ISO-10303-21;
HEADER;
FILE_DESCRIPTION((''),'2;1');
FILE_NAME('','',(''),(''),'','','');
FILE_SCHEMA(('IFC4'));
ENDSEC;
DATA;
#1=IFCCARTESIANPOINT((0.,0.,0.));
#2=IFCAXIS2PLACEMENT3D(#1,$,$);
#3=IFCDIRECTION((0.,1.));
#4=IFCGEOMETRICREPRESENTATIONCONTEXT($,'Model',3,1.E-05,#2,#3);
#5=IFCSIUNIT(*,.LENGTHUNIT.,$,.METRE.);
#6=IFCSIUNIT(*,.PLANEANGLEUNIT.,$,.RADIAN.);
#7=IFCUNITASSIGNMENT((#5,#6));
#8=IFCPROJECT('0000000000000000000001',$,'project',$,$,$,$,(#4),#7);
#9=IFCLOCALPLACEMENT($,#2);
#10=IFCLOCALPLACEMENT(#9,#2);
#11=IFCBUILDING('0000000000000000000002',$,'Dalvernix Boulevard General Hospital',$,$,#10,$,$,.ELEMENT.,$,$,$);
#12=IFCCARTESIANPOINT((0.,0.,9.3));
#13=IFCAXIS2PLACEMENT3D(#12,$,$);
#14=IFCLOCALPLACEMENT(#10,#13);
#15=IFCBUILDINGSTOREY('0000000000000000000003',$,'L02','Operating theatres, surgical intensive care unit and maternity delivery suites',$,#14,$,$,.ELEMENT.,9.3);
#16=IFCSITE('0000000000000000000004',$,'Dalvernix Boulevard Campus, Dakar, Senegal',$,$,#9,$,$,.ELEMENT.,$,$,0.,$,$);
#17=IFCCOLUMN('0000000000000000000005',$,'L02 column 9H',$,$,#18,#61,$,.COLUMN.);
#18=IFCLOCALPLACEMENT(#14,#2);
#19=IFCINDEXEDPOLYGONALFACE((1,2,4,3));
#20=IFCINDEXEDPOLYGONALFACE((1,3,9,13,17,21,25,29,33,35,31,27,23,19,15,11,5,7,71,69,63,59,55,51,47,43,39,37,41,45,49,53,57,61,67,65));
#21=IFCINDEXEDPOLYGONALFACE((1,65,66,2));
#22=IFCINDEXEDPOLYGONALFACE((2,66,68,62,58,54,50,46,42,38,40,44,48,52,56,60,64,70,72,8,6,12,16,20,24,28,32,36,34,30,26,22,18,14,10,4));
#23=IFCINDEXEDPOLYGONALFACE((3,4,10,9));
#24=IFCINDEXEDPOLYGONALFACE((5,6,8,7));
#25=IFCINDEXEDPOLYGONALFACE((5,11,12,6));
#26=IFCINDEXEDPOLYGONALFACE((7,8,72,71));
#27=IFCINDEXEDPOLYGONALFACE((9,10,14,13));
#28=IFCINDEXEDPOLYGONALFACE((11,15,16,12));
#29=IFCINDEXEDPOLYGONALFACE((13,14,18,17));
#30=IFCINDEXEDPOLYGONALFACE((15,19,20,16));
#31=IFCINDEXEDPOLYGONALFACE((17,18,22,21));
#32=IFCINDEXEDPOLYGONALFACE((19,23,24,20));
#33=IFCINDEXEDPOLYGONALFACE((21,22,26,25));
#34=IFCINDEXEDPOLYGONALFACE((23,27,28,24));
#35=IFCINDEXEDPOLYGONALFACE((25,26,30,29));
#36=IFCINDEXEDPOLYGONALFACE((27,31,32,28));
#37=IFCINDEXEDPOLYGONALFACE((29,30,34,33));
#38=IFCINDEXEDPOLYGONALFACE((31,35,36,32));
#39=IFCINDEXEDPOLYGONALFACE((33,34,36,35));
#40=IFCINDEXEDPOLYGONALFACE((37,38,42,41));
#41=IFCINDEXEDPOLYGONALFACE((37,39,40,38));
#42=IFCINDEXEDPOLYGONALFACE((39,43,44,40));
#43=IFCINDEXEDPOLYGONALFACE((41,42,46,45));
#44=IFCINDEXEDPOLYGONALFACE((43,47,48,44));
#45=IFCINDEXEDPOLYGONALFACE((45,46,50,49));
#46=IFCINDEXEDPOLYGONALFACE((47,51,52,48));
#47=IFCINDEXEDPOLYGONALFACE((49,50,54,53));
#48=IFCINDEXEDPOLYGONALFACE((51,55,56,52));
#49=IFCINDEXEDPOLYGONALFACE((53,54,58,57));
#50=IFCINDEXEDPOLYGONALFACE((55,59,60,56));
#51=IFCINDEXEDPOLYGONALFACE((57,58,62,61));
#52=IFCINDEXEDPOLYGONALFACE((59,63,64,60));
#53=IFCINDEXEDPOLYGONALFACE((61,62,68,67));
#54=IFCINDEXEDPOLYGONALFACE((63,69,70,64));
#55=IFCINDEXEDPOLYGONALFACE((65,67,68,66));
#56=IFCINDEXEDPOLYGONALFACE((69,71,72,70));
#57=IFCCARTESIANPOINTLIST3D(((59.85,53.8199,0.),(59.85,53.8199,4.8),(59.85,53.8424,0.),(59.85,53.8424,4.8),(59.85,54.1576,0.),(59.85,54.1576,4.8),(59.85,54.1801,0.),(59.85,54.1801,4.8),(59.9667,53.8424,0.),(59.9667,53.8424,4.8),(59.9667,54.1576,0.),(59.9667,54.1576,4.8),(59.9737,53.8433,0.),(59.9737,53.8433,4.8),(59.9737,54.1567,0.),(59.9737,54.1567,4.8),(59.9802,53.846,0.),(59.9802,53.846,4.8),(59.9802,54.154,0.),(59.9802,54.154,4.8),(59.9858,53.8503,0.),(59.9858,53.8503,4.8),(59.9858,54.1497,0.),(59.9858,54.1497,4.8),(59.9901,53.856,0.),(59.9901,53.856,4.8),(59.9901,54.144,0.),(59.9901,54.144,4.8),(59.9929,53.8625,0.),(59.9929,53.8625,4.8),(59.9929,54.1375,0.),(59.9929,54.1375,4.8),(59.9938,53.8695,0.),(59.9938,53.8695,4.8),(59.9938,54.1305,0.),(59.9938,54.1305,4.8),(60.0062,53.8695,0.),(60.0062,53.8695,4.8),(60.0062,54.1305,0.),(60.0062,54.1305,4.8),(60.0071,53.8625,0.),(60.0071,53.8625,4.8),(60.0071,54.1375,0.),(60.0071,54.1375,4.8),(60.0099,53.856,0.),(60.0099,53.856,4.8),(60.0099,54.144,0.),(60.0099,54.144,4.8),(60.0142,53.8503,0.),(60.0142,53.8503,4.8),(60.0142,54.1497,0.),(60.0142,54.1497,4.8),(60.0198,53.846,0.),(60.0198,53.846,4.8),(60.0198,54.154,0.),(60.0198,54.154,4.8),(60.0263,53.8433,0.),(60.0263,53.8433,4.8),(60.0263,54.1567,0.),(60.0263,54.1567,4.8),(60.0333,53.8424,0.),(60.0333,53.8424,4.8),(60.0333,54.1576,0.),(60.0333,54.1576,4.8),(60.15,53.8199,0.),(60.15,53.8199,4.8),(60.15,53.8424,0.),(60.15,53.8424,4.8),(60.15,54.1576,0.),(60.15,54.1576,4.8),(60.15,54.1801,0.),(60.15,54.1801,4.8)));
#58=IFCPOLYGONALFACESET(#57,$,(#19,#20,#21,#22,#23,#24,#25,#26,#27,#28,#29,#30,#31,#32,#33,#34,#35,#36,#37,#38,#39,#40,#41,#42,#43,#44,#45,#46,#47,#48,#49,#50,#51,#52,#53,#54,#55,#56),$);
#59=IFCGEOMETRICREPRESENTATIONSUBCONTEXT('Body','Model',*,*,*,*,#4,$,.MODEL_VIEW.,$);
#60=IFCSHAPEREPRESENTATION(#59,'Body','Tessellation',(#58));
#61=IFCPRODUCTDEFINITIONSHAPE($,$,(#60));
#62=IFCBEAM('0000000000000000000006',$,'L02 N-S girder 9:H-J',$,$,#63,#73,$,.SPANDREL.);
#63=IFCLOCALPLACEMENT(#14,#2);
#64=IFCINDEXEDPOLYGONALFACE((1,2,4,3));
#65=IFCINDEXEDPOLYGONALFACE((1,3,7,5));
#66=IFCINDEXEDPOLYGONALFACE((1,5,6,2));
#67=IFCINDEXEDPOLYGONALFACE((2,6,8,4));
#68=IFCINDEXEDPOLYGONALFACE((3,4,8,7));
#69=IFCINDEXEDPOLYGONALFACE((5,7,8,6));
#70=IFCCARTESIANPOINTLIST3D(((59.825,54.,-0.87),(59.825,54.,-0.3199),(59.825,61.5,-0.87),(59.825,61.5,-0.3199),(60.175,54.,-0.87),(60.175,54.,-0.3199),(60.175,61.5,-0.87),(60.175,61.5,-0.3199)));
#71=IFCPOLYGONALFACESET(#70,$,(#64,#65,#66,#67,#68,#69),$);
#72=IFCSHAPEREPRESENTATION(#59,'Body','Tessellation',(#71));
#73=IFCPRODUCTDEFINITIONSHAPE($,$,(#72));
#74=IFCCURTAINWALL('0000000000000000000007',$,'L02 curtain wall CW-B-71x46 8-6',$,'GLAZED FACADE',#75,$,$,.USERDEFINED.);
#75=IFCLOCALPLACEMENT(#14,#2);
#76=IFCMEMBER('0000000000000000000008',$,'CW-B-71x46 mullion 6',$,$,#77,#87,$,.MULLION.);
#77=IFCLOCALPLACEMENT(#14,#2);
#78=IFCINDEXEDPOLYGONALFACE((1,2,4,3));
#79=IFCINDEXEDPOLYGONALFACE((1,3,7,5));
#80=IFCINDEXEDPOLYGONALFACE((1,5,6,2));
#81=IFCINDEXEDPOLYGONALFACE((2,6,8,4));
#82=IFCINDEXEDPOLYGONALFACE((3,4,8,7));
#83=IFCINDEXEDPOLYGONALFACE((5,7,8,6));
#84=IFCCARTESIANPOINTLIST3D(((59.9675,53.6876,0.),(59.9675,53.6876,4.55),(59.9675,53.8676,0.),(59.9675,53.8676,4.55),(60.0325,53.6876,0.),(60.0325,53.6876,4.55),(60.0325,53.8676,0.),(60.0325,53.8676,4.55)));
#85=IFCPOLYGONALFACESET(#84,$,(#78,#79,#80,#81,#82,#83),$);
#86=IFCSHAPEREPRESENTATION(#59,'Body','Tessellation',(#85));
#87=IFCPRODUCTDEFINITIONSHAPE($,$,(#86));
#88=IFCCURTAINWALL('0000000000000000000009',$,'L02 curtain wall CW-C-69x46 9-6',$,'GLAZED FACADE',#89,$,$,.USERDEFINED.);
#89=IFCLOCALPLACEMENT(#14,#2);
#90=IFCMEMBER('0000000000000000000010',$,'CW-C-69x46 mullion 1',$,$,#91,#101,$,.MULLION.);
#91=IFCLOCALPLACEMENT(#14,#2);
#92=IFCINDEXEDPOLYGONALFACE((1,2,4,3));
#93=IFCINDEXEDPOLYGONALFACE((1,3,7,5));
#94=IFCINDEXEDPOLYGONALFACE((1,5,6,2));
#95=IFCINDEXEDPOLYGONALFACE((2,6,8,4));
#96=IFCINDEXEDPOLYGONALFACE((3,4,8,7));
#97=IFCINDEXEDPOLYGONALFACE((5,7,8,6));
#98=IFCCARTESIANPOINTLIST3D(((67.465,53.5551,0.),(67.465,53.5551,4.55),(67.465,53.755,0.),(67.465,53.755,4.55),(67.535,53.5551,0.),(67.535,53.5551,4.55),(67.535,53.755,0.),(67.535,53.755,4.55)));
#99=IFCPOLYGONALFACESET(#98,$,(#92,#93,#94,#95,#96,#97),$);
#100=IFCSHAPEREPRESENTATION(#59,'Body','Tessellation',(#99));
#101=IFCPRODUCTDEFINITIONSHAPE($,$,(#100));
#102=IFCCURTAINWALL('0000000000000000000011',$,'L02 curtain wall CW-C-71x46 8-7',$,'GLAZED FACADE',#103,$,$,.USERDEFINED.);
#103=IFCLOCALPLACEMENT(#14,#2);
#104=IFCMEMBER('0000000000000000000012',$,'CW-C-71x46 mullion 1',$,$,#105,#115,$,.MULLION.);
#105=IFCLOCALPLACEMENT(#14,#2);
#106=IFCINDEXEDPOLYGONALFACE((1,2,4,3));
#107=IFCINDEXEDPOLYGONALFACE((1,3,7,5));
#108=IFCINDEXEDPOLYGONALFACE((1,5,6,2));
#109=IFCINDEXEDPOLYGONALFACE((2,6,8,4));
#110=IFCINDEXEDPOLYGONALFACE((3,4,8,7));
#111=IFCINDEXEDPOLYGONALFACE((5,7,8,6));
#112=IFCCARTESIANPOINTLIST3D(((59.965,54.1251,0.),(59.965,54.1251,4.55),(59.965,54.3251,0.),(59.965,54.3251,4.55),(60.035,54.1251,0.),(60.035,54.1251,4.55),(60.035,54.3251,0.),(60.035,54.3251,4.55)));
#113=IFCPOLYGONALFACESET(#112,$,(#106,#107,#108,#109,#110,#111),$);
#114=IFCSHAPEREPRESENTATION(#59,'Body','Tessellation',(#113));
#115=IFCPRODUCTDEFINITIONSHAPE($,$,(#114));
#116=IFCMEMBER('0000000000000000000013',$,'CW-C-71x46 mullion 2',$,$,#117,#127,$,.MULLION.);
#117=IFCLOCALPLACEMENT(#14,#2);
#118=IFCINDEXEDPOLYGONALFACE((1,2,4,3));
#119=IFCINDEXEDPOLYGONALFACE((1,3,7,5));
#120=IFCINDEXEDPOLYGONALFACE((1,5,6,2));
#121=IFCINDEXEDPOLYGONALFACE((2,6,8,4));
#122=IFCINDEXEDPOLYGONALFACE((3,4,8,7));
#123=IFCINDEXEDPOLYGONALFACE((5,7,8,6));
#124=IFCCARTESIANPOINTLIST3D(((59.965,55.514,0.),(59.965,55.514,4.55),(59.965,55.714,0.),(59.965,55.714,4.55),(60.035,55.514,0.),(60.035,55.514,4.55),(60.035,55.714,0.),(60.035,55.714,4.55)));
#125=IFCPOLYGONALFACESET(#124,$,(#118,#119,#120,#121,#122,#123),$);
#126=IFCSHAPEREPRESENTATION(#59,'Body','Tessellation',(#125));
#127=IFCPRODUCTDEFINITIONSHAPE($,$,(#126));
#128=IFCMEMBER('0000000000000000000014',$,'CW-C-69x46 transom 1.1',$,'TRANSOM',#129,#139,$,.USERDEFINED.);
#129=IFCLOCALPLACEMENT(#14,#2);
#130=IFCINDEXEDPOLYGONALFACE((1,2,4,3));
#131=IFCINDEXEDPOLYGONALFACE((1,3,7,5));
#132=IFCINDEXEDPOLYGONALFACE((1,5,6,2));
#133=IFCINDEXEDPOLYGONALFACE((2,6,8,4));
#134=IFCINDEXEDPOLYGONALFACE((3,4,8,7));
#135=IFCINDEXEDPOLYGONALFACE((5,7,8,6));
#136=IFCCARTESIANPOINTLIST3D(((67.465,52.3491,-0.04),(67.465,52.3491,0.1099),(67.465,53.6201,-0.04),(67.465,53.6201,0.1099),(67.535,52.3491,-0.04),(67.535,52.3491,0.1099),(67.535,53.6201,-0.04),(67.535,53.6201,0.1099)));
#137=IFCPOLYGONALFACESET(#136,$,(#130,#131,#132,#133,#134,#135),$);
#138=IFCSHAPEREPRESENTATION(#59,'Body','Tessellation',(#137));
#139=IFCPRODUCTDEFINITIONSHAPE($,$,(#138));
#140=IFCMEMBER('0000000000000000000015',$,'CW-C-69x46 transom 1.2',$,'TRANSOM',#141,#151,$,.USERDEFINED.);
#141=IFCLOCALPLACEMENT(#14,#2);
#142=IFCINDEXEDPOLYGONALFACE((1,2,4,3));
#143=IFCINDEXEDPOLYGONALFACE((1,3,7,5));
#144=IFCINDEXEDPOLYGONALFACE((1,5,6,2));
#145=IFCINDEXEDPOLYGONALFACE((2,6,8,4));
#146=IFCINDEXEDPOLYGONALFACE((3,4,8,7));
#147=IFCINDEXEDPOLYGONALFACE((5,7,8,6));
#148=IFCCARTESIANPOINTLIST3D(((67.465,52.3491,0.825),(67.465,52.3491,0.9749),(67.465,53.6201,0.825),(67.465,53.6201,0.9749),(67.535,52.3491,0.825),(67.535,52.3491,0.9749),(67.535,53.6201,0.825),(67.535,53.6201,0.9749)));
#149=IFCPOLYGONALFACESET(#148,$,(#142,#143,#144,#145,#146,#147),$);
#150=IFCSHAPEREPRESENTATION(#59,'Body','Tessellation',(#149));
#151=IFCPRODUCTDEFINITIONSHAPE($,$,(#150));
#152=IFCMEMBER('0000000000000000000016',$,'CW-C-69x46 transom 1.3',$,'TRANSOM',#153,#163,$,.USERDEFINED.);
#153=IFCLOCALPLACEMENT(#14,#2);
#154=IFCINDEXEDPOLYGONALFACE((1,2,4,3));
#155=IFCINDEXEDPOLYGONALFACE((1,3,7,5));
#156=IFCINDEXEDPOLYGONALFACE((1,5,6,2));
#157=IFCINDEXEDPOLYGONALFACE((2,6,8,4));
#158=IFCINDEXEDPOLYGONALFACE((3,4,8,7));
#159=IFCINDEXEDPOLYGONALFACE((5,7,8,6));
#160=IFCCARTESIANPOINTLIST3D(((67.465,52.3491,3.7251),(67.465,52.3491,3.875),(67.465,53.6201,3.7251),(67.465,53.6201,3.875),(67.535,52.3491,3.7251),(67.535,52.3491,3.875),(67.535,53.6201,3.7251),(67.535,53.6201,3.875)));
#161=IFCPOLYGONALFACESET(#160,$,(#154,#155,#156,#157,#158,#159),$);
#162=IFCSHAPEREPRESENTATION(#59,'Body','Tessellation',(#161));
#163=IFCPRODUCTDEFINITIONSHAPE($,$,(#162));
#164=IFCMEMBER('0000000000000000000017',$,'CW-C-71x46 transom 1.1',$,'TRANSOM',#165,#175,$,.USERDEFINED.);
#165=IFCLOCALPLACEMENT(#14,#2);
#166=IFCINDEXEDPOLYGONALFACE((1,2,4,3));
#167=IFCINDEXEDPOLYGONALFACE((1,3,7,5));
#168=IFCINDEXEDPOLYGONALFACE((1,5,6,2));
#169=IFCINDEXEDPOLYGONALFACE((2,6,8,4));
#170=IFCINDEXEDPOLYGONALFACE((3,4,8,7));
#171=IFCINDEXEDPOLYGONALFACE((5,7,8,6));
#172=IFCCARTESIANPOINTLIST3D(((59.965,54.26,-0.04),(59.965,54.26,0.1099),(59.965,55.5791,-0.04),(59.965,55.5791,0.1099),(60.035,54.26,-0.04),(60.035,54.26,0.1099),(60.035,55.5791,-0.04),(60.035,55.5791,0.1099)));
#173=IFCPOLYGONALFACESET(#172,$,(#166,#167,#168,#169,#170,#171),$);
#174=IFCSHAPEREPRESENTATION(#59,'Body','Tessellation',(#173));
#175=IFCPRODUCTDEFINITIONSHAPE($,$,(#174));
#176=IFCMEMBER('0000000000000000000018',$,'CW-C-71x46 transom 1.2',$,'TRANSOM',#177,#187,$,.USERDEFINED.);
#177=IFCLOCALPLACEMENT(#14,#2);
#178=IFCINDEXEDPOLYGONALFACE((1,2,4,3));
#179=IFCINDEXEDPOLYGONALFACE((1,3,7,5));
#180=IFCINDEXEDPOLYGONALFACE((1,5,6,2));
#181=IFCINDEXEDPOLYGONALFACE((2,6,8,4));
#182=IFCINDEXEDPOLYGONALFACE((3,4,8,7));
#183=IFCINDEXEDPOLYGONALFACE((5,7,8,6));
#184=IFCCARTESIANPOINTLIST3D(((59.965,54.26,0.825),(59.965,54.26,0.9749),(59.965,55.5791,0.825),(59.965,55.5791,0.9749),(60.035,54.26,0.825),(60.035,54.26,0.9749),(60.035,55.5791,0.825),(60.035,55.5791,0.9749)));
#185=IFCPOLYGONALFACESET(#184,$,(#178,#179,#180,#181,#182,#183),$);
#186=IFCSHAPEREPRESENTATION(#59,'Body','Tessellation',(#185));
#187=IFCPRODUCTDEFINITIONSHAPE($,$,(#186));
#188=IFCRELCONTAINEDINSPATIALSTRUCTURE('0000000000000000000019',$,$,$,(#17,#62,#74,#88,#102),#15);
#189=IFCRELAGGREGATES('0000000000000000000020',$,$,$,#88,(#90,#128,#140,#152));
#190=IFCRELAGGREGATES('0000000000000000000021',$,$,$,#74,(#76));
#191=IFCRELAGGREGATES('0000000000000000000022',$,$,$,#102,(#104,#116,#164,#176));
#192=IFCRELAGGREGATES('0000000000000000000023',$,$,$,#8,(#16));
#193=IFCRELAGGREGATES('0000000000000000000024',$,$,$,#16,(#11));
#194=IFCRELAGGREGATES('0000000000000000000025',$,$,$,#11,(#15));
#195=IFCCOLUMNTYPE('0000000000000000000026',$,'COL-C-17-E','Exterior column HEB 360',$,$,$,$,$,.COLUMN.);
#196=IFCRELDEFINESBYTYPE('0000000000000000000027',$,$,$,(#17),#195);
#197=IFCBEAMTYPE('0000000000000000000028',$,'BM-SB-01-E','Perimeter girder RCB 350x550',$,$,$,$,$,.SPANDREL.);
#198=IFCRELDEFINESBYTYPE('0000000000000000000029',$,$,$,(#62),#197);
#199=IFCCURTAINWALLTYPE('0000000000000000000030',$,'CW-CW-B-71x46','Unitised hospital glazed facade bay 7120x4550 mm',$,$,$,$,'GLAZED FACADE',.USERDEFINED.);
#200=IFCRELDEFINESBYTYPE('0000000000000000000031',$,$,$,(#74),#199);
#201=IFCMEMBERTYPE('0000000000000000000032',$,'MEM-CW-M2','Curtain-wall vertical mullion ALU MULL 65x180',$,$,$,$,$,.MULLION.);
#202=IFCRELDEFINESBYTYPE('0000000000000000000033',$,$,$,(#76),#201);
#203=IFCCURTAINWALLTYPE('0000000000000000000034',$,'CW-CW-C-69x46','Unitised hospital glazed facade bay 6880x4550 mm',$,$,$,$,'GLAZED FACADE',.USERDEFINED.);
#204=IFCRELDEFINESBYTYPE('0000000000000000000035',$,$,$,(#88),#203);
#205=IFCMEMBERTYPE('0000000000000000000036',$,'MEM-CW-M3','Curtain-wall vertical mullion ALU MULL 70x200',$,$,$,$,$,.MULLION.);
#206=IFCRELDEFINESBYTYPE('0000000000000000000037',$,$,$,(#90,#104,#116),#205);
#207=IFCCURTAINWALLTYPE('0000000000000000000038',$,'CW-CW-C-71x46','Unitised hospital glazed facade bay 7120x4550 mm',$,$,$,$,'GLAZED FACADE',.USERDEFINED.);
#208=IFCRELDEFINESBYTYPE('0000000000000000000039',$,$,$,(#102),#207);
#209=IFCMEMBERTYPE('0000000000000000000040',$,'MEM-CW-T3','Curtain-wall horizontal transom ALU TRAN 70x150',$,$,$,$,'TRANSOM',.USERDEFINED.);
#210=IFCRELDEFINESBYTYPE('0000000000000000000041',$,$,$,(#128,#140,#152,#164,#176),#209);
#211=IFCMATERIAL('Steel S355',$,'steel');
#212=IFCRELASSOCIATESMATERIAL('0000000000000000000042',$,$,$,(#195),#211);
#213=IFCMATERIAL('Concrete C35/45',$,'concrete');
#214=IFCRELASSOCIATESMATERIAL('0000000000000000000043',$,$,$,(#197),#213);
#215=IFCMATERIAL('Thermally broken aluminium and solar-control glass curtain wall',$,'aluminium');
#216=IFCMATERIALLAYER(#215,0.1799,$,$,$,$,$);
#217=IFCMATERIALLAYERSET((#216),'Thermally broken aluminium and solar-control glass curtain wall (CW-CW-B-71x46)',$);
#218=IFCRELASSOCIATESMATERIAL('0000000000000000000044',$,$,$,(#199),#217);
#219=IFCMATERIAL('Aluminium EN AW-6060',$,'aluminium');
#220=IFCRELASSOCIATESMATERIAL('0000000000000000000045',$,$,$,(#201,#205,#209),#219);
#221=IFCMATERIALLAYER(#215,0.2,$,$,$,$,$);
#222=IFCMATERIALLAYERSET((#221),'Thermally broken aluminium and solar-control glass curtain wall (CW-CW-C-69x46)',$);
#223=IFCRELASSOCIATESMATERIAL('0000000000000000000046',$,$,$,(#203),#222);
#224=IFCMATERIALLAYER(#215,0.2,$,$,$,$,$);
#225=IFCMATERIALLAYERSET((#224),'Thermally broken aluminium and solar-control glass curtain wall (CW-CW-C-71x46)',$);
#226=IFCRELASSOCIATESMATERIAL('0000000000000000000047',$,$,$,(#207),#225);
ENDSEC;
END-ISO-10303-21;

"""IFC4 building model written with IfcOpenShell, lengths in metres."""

from ifc_helpers import new_model, si_unit, direction, frame, origin, origin_2d, place, context, subcontext, project, spatial, rectangle, i_section, extrude, material, layer, layer_set, material_profile, profile_set, type_object, element, aggregate, save


model = new_model("IFC4")

# Units and contexts
model_context = context("Model", 3, precision=1e-05, world=origin(), true_north=direction((0.0, 1.0)))
body_context = subcontext(model_context, "Body", "Model", "MODEL_VIEW")
ifc_project = project(units=[si_unit("LENGTHUNIT", "METRE"), si_unit("PLANEANGLEUNIT", "RADIAN")], contexts=[model_context])

# Site, building, storey
site_placement = place(None, origin())
site = spatial("IfcSite", under=ifc_project, at=site_placement, Name="Dalvernix Boulevard Campus, Dakar, Senegal", CompositionType="ELEMENT", RefElevation=0.0)
building_placement = place(site_placement, origin())
building = spatial("IfcBuilding", under=site, at=building_placement, Name="Dalvernix Boulevard General Hospital", CompositionType="ELEMENT")
storey_placement = place(building_placement, frame((0.0, 0.0, 9.3)))
storey = spatial("IfcBuildingStorey", under=building, at=storey_placement, Name="L02", Description="Operating theatres, surgical intensive care unit and maternity delivery suites", CompositionType="ELEMENT", Elevation=9.3)

# Column
ifc_material_1 = material(Name="Steel S355", Category="steel")
ifc_material_profile_1 = material_profile(ifc_material_1, i_section(OverallWidth=0.3, OverallDepth=0.3601, WebThickness=0.0125, FlangeThickness=0.0225, FilletRadius=0.0271, at=origin_2d()), Name="HEB 360")
ifc_profile_set_1 = profile_set([ifc_material_profile_1], Name="Steel S355")
column_type = type_object("IfcColumnType", Name="COL-C-17-E", Description="Exterior column HEB 360", PredefinedType="COLUMN", material=ifc_profile_set_1)
column_placement = place(storey_placement, frame((60.0, 54.0, 0.0), z_axis=(0.0, 0.0, 1.0), x_axis=(1.0, 0.0, 0.0)))
element("IfcColumn", 1, at=column_placement, inside=storey, type_object=column_type, Name="L02 column 9H", PredefinedType="COLUMN", context=body_context, shape_type="SweptSolid", body=[
    extrude(i_section(OverallWidth=0.3, OverallDepth=0.3601, WebThickness=0.0125, FlangeThickness=0.0225, FilletRadius=0.0271, at=origin_2d()), origin(), (0.0, 0.0, 1.0), 4.8),
])

# Beam
ifc_material_2 = material(Name="Concrete C35/45", Category="concrete")
ifc_material_profile_2 = material_profile(ifc_material_2, rectangle(XDim=0.3501, YDim=0.55, at=origin_2d()), Name="RCB 350x550")
ifc_profile_set_2 = profile_set([ifc_material_profile_2], Name="Concrete C35/45")
beam_type = type_object("IfcBeamType", Name="BM-SB-01-E", Description="Perimeter girder RCB 350x550", PredefinedType="SPANDREL", material=ifc_profile_set_2)
beam_placement = place(storey_placement, frame((60.0, 54.0, -0.595), z_axis=(0.0, 1.0, 0.0), x_axis=(-1.0, 0.0, 0.0)))
element("IfcBeam", 2, at=beam_placement, inside=storey, type_object=beam_type, Name="L02 N-S girder 9:H-J", PredefinedType="SPANDREL", context=body_context, shape_type="SweptSolid", body=[
    extrude(rectangle(XDim=0.3501, YDim=0.55, at=origin_2d()), origin(), (0.0, 0.0, 1.0), 7.5),
])

# Curtain walls, members
ifc_material_3 = material(Name="Thermally broken aluminium and solar-control glass curtain wall", Category="aluminium")
ifc_layer_1 = layer(ifc_material_3, 0.1799)
ifc_layer_set_1 = layer_set([ifc_layer_1], Name="Thermally broken aluminium and solar-control glass curtain wall (CW-CW-B-71x46)")
curtain_wall_type_1 = type_object("IfcCurtainWallType", Name="CW-CW-B-71x46", Description="Unitised hospital glazed facade bay 7120x4550 mm", ElementType="GLAZED FACADE", PredefinedType="USERDEFINED", material=ifc_layer_set_1)
curtain_wall_1_placement = place(storey_placement, origin())
curtain_wall_1 = element("IfcCurtainWall", 3, at=curtain_wall_1_placement, inside=storey, type_object=curtain_wall_type_1, Name="L02 curtain wall CW-B-71x46 8-6", ObjectType="GLAZED FACADE", PredefinedType="USERDEFINED")
ifc_material_4 = material(Name="Aluminium EN AW-6060", Category="aluminium")
ifc_material_profile_3 = material_profile(ifc_material_4, rectangle(XDim=0.0649, YDim=0.1799, at=origin_2d()), Name="ALU MULL 65x180")
ifc_profile_set_3 = profile_set([ifc_material_profile_3], Name="Aluminium EN AW-6060")
member_type_1 = type_object("IfcMemberType", Name="MEM-CW-M2", Description="Curtain-wall vertical mullion ALU MULL 65x180", PredefinedType="MULLION", material=ifc_profile_set_3)
member_1_placement = place(storey_placement, frame((60.0, 53.7776, 0.0), z_axis=(0.0, 0.0, 1.0), x_axis=(-1.0, 0.0, 0.0)))
member_1 = element("IfcMember", 4, at=member_1_placement, type_object=member_type_1, Name="CW-B-71x46 mullion 6", PredefinedType="MULLION", context=body_context, shape_type="SweptSolid", body=[
    extrude(rectangle(XDim=0.0649, YDim=0.1799, at=origin_2d()), origin(), (0.0, 0.0, 1.0), 4.55),
])
ifc_layer_2 = layer(ifc_material_3, 0.2)
ifc_layer_set_2 = layer_set([ifc_layer_2], Name="Thermally broken aluminium and solar-control glass curtain wall (CW-CW-C-69x46)")
curtain_wall_type_2 = type_object("IfcCurtainWallType", Name="CW-CW-C-69x46", Description="Unitised hospital glazed facade bay 6880x4550 mm", ElementType="GLAZED FACADE", PredefinedType="USERDEFINED", material=ifc_layer_set_2)
curtain_wall_2_placement = place(storey_placement, origin())
curtain_wall_2 = element("IfcCurtainWall", 5, at=curtain_wall_2_placement, inside=storey, type_object=curtain_wall_type_2, Name="L02 curtain wall CW-C-69x46 9-6", ObjectType="GLAZED FACADE", PredefinedType="USERDEFINED")
ifc_material_profile_4 = material_profile(ifc_material_4, rectangle(XDim=0.0701, YDim=0.2, at=origin_2d()), Name="ALU MULL 70x200")
ifc_profile_set_4 = profile_set([ifc_material_profile_4], Name="Aluminium EN AW-6060")
member_type_2 = type_object("IfcMemberType", Name="MEM-CW-M3", Description="Curtain-wall vertical mullion ALU MULL 70x200", PredefinedType="MULLION", material=ifc_profile_set_4)
member_2_placement = place(storey_placement, frame((67.5, 53.655, 0.0), z_axis=(0.0, 0.0, 1.0), x_axis=(1.0, 0.0, 0.0)))
member_2 = element("IfcMember", 6, at=member_2_placement, type_object=member_type_2, Name="CW-C-69x46 mullion 1", PredefinedType="MULLION", context=body_context, shape_type="SweptSolid", body=[
    extrude(rectangle(XDim=0.0701, YDim=0.2, at=origin_2d()), origin(), (0.0, 0.0, 1.0), 4.55),
])

# Curtain wall, members
ifc_layer_3 = layer(ifc_material_3, 0.2)
ifc_layer_set_3 = layer_set([ifc_layer_3], Name="Thermally broken aluminium and solar-control glass curtain wall (CW-CW-C-71x46)")
curtain_wall_type_3 = type_object("IfcCurtainWallType", Name="CW-CW-C-71x46", Description="Unitised hospital glazed facade bay 7120x4550 mm", ElementType="GLAZED FACADE", PredefinedType="USERDEFINED", material=ifc_layer_set_3)
curtain_wall_3_placement = place(storey_placement, origin())
curtain_wall_3 = element("IfcCurtainWall", 7, at=curtain_wall_3_placement, inside=storey, type_object=curtain_wall_type_3, Name="L02 curtain wall CW-C-71x46 8-7", ObjectType="GLAZED FACADE", PredefinedType="USERDEFINED")
member_3_placement = place(storey_placement, frame((60.0, 54.2251, 0.0), z_axis=(0.0, 0.0, 1.0), x_axis=(-1.0, 0.0, 0.0)))
member_3 = element("IfcMember", 8, at=member_3_placement, type_object=member_type_2, Name="CW-C-71x46 mullion 1", PredefinedType="MULLION", context=body_context, shape_type="SweptSolid", body=[
    extrude(rectangle(XDim=0.0701, YDim=0.2, at=origin_2d()), origin(), (0.0, 0.0, 1.0), 4.55),
])
member_4_placement = place(storey_placement, frame((60.0, 55.614, 0.0), z_axis=(0.0, 0.0, 1.0), x_axis=(-1.0, 0.0, 0.0)))
member_4 = element("IfcMember", 9, at=member_4_placement, type_object=member_type_2, Name="CW-C-71x46 mullion 2", PredefinedType="MULLION", context=body_context, shape_type="SweptSolid", body=[
    extrude(rectangle(XDim=0.0701, YDim=0.2, at=origin_2d()), origin(), (0.0, 0.0, 1.0), 4.55),
])

# Members
ifc_material_profile_5 = material_profile(ifc_material_4, rectangle(XDim=0.0701, YDim=0.1499, at=origin_2d()), Name="ALU TRAN 70x150")
ifc_profile_set_5 = profile_set([ifc_material_profile_5], Name="Aluminium EN AW-6060")
member_type_3 = type_object("IfcMemberType", Name="MEM-CW-T3", Description="Curtain-wall horizontal transom ALU TRAN 70x150", ElementType="TRANSOM", PredefinedType="USERDEFINED", material=ifc_profile_set_5)
member_5_placement = place(storey_placement, frame((67.5, 53.6201, 0.0349), z_axis=(0.0, -1.0, 0.0), x_axis=(1.0, 0.0, 0.0)))
member_5 = element("IfcMember", 10, at=member_5_placement, type_object=member_type_3, Name="CW-C-69x46 transom 1.1", ObjectType="TRANSOM", PredefinedType="USERDEFINED", context=body_context, shape_type="SweptSolid", body=[
    extrude(rectangle(XDim=0.0701, YDim=0.1499, at=origin_2d()), origin(), (0.0, 0.0, 1.0), 1.271),
])
member_6_placement = place(storey_placement, frame((67.5, 53.6201, 0.8999), z_axis=(0.0, -1.0, 0.0), x_axis=(1.0, 0.0, 0.0)))
member_6 = element("IfcMember", 11, at=member_6_placement, type_object=member_type_3, Name="CW-C-69x46 transom 1.2", ObjectType="TRANSOM", PredefinedType="USERDEFINED", context=body_context, shape_type="SweptSolid", body=[
    extrude(rectangle(XDim=0.0701, YDim=0.1499, at=origin_2d()), origin(), (0.0, 0.0, 1.0), 1.271),
])
member_7_placement = place(storey_placement, frame((67.5, 53.6201, 3.8), z_axis=(0.0, -1.0, 0.0), x_axis=(1.0, 0.0, 0.0)))
member_7 = element("IfcMember", 12, at=member_7_placement, type_object=member_type_3, Name="CW-C-69x46 transom 1.3", ObjectType="TRANSOM", PredefinedType="USERDEFINED", context=body_context, shape_type="SweptSolid", body=[
    extrude(rectangle(XDim=0.0701, YDim=0.1499, at=origin_2d()), origin(), (0.0, 0.0, 1.0), 1.271),
])
aggregate(curtain_wall_2, [member_2, member_5, member_6, member_7])
member_8_placement = place(storey_placement, frame((60.0, 54.26, 0.0349), z_axis=(0.0, 1.0, 0.0), x_axis=(-1.0, 0.0, 0.0)))
member_8 = element("IfcMember", 13, at=member_8_placement, type_object=member_type_3, Name="CW-C-71x46 transom 1.1", ObjectType="TRANSOM", PredefinedType="USERDEFINED", context=body_context, shape_type="SweptSolid", body=[
    extrude(rectangle(XDim=0.0701, YDim=0.1499, at=origin_2d()), origin(), (0.0, 0.0, 1.0), 1.3191),
])
member_9_placement = place(storey_placement, frame((60.0, 54.26, 0.8999), z_axis=(0.0, 1.0, 0.0), x_axis=(-1.0, 0.0, 0.0)))
member_9 = element("IfcMember", 14, at=member_9_placement, type_object=member_type_3, Name="CW-C-71x46 transom 1.2", ObjectType="TRANSOM", PredefinedType="USERDEFINED", context=body_context, shape_type="SweptSolid", body=[
    extrude(rectangle(XDim=0.0701, YDim=0.1499, at=origin_2d()), origin(), (0.0, 0.0, 1.0), 1.3191),
])

aggregate(curtain_wall_1, [member_1])
aggregate(curtain_wall_3, [member_3, member_4, member_8, member_9])

save(model, "model.ifc")
